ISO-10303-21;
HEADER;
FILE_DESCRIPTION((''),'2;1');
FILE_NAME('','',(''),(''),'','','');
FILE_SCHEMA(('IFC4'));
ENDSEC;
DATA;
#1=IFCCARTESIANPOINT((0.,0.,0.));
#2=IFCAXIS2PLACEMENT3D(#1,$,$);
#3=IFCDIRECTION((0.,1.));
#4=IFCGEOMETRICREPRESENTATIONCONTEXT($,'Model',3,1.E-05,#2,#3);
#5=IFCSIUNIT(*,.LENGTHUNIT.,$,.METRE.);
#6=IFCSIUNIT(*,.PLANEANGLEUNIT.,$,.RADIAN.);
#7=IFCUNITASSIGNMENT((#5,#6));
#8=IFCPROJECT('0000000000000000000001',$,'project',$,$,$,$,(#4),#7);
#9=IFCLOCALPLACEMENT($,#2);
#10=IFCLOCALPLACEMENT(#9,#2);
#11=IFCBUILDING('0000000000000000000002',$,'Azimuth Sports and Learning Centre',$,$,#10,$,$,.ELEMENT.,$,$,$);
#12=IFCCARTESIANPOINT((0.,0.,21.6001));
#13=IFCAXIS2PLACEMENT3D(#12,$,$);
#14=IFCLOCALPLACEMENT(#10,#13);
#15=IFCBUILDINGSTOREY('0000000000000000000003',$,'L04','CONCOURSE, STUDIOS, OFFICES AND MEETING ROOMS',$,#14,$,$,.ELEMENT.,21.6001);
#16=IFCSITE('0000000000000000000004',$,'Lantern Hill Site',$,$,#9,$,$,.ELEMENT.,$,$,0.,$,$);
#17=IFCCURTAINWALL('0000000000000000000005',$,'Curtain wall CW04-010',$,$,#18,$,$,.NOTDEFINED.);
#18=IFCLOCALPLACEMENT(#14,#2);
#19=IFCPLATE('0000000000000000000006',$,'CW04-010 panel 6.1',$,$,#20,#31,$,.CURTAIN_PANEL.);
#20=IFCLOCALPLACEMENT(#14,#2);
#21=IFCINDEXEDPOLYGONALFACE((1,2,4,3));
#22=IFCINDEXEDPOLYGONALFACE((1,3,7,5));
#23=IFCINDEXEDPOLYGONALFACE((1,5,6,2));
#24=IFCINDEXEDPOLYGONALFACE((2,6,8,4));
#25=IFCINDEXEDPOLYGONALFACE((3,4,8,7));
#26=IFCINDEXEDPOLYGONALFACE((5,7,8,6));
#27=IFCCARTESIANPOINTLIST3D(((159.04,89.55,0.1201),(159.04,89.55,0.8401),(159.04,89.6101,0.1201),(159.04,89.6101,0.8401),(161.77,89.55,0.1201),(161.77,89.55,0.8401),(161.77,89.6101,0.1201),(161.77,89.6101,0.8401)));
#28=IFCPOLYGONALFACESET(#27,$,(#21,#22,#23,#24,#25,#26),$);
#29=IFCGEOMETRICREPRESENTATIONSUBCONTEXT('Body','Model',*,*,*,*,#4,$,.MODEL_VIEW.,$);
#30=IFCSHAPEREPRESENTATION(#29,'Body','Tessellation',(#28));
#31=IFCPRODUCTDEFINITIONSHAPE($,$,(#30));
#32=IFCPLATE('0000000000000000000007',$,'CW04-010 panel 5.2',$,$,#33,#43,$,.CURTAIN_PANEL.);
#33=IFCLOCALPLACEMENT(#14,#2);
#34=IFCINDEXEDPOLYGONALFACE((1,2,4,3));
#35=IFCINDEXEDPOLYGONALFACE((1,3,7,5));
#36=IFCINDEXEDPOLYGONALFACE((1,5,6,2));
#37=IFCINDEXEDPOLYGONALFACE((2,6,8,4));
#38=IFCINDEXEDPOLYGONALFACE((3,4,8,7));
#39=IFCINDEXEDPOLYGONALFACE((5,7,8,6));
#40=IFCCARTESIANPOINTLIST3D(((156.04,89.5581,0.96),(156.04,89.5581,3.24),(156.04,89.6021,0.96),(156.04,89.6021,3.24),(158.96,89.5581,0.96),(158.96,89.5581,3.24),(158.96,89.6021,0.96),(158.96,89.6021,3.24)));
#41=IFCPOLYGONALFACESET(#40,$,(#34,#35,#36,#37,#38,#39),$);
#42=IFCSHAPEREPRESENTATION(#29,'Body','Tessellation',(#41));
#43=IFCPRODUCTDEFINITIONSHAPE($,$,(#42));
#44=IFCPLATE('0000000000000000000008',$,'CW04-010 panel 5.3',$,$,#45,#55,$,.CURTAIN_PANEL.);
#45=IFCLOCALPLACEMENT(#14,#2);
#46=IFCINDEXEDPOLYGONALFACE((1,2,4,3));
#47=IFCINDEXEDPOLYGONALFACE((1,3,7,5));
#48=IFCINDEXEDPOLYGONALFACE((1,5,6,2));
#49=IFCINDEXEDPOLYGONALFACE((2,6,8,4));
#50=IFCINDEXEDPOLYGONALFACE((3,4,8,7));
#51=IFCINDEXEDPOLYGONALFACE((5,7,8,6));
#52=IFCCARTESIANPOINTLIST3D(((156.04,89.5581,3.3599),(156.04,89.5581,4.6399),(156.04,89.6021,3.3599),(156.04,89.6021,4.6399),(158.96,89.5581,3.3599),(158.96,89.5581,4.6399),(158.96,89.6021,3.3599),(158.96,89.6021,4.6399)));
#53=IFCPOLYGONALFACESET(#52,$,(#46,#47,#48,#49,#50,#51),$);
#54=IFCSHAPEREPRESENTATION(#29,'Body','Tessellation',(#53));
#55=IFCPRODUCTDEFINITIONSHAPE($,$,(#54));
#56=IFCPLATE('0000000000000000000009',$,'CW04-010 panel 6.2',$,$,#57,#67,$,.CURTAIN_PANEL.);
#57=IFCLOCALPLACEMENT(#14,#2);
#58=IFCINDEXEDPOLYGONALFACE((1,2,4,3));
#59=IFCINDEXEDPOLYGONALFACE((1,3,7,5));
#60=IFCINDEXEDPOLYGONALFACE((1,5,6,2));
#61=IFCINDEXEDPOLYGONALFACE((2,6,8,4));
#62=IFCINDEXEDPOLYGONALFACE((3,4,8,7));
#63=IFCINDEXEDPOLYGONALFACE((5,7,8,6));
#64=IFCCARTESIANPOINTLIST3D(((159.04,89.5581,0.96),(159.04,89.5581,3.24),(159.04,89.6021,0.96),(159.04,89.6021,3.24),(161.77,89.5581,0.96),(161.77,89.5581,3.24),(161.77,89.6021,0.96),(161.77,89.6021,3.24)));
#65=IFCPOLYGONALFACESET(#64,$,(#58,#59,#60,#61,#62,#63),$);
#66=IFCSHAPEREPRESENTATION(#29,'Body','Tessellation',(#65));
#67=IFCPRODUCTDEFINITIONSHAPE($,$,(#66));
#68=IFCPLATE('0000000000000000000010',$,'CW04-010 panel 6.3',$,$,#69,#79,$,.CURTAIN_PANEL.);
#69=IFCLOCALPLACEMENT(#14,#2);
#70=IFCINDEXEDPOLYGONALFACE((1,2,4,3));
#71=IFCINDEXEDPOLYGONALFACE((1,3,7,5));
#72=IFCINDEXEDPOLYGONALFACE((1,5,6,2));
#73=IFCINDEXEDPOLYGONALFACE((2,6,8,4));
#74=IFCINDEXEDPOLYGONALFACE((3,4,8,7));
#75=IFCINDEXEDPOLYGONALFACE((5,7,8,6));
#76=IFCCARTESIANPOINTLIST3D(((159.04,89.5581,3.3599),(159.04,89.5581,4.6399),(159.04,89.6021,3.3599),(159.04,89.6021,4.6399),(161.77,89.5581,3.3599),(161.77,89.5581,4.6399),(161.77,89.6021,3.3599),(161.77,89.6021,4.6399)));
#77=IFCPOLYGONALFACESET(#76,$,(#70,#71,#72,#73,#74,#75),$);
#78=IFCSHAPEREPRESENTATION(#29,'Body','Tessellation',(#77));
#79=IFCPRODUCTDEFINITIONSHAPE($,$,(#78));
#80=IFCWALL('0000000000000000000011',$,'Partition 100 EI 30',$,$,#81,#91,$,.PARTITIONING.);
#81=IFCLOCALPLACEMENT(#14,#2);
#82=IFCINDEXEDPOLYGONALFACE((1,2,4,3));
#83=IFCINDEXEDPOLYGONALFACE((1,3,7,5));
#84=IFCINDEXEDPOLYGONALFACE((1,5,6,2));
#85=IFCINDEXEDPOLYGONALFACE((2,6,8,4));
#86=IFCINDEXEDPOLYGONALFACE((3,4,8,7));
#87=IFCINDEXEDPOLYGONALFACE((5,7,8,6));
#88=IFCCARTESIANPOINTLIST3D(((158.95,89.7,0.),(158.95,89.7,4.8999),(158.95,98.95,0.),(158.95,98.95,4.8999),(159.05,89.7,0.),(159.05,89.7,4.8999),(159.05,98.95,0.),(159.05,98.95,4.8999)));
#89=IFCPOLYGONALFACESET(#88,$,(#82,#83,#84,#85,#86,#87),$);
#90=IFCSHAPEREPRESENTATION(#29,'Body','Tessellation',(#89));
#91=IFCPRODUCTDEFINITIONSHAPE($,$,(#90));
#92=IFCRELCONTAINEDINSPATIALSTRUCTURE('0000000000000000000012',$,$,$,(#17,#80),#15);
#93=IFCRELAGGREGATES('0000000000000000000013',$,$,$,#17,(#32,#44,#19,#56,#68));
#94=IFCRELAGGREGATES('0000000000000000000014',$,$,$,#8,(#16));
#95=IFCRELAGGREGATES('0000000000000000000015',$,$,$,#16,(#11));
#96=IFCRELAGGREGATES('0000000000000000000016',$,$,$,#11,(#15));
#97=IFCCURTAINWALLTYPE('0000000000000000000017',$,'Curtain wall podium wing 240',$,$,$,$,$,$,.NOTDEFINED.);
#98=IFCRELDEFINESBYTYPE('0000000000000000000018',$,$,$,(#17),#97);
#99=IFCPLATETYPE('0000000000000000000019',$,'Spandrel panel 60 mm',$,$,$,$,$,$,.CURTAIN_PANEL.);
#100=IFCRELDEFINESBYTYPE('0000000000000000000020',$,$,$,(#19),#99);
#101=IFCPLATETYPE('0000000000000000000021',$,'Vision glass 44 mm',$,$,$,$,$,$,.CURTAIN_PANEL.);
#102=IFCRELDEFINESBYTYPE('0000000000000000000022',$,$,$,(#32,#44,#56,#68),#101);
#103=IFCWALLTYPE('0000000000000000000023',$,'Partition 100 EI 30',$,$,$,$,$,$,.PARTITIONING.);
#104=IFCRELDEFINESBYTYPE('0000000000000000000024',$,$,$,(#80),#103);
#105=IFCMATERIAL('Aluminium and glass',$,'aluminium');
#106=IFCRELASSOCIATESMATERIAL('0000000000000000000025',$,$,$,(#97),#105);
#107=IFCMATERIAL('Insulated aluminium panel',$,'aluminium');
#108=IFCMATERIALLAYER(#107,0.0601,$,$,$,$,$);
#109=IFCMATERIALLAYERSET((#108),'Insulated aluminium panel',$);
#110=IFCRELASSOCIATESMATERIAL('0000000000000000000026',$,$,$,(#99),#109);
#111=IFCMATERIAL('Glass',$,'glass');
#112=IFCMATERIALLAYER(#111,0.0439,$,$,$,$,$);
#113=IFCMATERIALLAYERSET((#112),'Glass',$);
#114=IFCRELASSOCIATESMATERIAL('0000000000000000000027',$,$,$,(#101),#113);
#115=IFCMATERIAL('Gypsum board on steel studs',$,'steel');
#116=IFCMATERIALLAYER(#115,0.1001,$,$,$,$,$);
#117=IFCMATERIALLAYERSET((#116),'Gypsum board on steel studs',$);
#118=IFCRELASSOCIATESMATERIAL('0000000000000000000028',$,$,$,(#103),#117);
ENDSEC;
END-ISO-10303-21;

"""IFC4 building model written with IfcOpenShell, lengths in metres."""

from ifc_helpers import new_model, si_unit, direction, frame, frame_2d, origin, origin_2d, place, context, subcontext, project, spatial, rectangle, extrude, material, layer, layer_set, type_object, element, aggregate, save


model = new_model("IFC4")

# Units and contexts
model_context = context("Model", 3, precision=1e-05, world=origin(), true_north=direction((0.0, 1.0)))
body_context = subcontext(model_context, "Body", "Model", "MODEL_VIEW")
ifc_project = project(units=[si_unit("LENGTHUNIT", "METRE"), si_unit("PLANEANGLEUNIT", "RADIAN")], contexts=[model_context])

# Site, building, storey
site_placement = place(None, origin())
site = spatial("IfcSite", under=ifc_project, at=site_placement, Name="Lantern Hill Site", CompositionType="ELEMENT", RefElevation=0.0)
building_placement = place(site_placement, origin())
building = spatial("IfcBuilding", under=site, at=building_placement, Name="Azimuth Sports and Learning Centre", CompositionType="ELEMENT")
storey_placement = place(building_placement, frame((0.0, 0.0, 21.6001)))
storey = spatial("IfcBuildingStorey", under=building, at=storey_placement, Name="L04", Description="CONCOURSE, STUDIOS, OFFICES AND MEETING ROOMS", CompositionType="ELEMENT", Elevation=21.6001)

# Curtain wall, plates
ifc_material_1 = material(Name="Aluminium and glass", Category="aluminium")
curtain_wall_type = type_object("IfcCurtainWallType", Name="Curtain wall podium wing 240", PredefinedType="NOTDEFINED", material=ifc_material_1)
curtain_wall_placement = place(storey_placement, origin())
curtain_wall = element("IfcCurtainWall", 1, at=curtain_wall_placement, inside=storey, type_object=curtain_wall_type, Name="Curtain wall CW04-010", PredefinedType="NOTDEFINED")
ifc_material_2 = material(Name="Insulated aluminium panel", Category="aluminium")
ifc_layer_1 = layer(ifc_material_2, 0.0601)
ifc_layer_set_1 = layer_set([ifc_layer_1], Name="Insulated aluminium panel")
plate_type_1 = type_object("IfcPlateType", Name="Spandrel panel 60 mm", PredefinedType="CURTAIN_PANEL", material=ifc_layer_set_1)
plate_1_placement = place(storey_placement, frame((160.405, 89.5801, 0.1201), z_axis=(0.0, 0.0, 1.0), x_axis=(1.0, 0.0, 0.0)))
plate_1 = element("IfcPlate", 2, at=plate_1_placement, type_object=plate_type_1, Name="CW04-010 panel 6.1", PredefinedType="CURTAIN_PANEL", context=body_context, shape_type="SweptSolid", body=[
    extrude(rectangle(XDim=2.73, YDim=0.0601, at=origin_2d()), origin(), (0.0, 0.0, 1.0), 0.72),
])
ifc_material_3 = material(Name="Glass", Category="glass")
ifc_layer_2 = layer(ifc_material_3, 0.0439)
ifc_layer_set_2 = layer_set([ifc_layer_2], Name="Glass")
plate_type_2 = type_object("IfcPlateType", Name="Vision glass 44 mm", PredefinedType="CURTAIN_PANEL", material=ifc_layer_set_2)
plate_2_placement = place(storey_placement, frame((157.5, 89.5801, 0.96), z_axis=(0.0, 0.0, 1.0), x_axis=(1.0, 0.0, 0.0)))
plate_2 = element("IfcPlate", 3, at=plate_2_placement, type_object=plate_type_2, Name="CW04-010 panel 5.2", PredefinedType="CURTAIN_PANEL", context=body_context, shape_type="SweptSolid", body=[
    extrude(rectangle(XDim=2.9199, YDim=0.0439, at=origin_2d()), origin(), (0.0, 0.0, 1.0), 2.28),
])
plate_3_placement = place(storey_placement, frame((157.5, 89.5801, 3.3599), z_axis=(0.0, 0.0, 1.0), x_axis=(1.0, 0.0, 0.0)))
plate_3 = element("IfcPlate", 4, at=plate_3_placement, type_object=plate_type_2, Name="CW04-010 panel 5.3", PredefinedType="CURTAIN_PANEL", context=body_context, shape_type="SweptSolid", body=[
    extrude(rectangle(XDim=2.9199, YDim=0.0439, at=origin_2d()), origin(), (0.0, 0.0, 1.0), 1.28),
])
plate_4_placement = place(storey_placement, frame((160.405, 89.5801, 0.96), z_axis=(0.0, 0.0, 1.0), x_axis=(1.0, 0.0, 0.0)))
plate_4 = element("IfcPlate", 5, at=plate_4_placement, type_object=plate_type_2, Name="CW04-010 panel 6.2", PredefinedType="CURTAIN_PANEL", context=body_context, shape_type="SweptSolid", body=[
    extrude(rectangle(XDim=2.73, YDim=0.0439, at=origin_2d()), origin(), (0.0, 0.0, 1.0), 2.28),
])
plate_5_placement = place(storey_placement, frame((160.405, 89.5801, 3.3599), z_axis=(0.0, 0.0, 1.0), x_axis=(1.0, 0.0, 0.0)))
plate_5 = element("IfcPlate", 6, at=plate_5_placement, type_object=plate_type_2, Name="CW04-010 panel 6.3", PredefinedType="CURTAIN_PANEL", context=body_context, shape_type="SweptSolid", body=[
    extrude(rectangle(XDim=2.73, YDim=0.0439, at=origin_2d()), origin(), (0.0, 0.0, 1.0), 1.28),
])
aggregate(curtain_wall, [plate_2, plate_3, plate_1, plate_4, plate_5])

# Wall
ifc_material_4 = material(Name="Gypsum board on steel studs", Category="steel")
ifc_layer_3 = layer(ifc_material_4, 0.1001)
ifc_layer_set_3 = layer_set([ifc_layer_3], Name="Gypsum board on steel studs")
wall_type = type_object("IfcWallType", Name="Partition 100 EI 30", PredefinedType="PARTITIONING", material=ifc_layer_set_3)
wall_placement = place(storey_placement, frame((159.0, 89.7, 0.0), z_axis=(0.0, 0.0, 1.0), x_axis=(0.0, 1.0, 0.0)))
element("IfcWall", 7, at=wall_placement, inside=storey, type_object=wall_type, Name="Partition 100 EI 30", PredefinedType="PARTITIONING", context=body_context, shape_type="SweptSolid", body=[
    extrude(rectangle(XDim=9.25, YDim=0.1001, at=frame_2d((4.625, 0.0))), origin(), (0.0, 0.0, 1.0), 4.8999),
])

save(model, "model.ifc")
